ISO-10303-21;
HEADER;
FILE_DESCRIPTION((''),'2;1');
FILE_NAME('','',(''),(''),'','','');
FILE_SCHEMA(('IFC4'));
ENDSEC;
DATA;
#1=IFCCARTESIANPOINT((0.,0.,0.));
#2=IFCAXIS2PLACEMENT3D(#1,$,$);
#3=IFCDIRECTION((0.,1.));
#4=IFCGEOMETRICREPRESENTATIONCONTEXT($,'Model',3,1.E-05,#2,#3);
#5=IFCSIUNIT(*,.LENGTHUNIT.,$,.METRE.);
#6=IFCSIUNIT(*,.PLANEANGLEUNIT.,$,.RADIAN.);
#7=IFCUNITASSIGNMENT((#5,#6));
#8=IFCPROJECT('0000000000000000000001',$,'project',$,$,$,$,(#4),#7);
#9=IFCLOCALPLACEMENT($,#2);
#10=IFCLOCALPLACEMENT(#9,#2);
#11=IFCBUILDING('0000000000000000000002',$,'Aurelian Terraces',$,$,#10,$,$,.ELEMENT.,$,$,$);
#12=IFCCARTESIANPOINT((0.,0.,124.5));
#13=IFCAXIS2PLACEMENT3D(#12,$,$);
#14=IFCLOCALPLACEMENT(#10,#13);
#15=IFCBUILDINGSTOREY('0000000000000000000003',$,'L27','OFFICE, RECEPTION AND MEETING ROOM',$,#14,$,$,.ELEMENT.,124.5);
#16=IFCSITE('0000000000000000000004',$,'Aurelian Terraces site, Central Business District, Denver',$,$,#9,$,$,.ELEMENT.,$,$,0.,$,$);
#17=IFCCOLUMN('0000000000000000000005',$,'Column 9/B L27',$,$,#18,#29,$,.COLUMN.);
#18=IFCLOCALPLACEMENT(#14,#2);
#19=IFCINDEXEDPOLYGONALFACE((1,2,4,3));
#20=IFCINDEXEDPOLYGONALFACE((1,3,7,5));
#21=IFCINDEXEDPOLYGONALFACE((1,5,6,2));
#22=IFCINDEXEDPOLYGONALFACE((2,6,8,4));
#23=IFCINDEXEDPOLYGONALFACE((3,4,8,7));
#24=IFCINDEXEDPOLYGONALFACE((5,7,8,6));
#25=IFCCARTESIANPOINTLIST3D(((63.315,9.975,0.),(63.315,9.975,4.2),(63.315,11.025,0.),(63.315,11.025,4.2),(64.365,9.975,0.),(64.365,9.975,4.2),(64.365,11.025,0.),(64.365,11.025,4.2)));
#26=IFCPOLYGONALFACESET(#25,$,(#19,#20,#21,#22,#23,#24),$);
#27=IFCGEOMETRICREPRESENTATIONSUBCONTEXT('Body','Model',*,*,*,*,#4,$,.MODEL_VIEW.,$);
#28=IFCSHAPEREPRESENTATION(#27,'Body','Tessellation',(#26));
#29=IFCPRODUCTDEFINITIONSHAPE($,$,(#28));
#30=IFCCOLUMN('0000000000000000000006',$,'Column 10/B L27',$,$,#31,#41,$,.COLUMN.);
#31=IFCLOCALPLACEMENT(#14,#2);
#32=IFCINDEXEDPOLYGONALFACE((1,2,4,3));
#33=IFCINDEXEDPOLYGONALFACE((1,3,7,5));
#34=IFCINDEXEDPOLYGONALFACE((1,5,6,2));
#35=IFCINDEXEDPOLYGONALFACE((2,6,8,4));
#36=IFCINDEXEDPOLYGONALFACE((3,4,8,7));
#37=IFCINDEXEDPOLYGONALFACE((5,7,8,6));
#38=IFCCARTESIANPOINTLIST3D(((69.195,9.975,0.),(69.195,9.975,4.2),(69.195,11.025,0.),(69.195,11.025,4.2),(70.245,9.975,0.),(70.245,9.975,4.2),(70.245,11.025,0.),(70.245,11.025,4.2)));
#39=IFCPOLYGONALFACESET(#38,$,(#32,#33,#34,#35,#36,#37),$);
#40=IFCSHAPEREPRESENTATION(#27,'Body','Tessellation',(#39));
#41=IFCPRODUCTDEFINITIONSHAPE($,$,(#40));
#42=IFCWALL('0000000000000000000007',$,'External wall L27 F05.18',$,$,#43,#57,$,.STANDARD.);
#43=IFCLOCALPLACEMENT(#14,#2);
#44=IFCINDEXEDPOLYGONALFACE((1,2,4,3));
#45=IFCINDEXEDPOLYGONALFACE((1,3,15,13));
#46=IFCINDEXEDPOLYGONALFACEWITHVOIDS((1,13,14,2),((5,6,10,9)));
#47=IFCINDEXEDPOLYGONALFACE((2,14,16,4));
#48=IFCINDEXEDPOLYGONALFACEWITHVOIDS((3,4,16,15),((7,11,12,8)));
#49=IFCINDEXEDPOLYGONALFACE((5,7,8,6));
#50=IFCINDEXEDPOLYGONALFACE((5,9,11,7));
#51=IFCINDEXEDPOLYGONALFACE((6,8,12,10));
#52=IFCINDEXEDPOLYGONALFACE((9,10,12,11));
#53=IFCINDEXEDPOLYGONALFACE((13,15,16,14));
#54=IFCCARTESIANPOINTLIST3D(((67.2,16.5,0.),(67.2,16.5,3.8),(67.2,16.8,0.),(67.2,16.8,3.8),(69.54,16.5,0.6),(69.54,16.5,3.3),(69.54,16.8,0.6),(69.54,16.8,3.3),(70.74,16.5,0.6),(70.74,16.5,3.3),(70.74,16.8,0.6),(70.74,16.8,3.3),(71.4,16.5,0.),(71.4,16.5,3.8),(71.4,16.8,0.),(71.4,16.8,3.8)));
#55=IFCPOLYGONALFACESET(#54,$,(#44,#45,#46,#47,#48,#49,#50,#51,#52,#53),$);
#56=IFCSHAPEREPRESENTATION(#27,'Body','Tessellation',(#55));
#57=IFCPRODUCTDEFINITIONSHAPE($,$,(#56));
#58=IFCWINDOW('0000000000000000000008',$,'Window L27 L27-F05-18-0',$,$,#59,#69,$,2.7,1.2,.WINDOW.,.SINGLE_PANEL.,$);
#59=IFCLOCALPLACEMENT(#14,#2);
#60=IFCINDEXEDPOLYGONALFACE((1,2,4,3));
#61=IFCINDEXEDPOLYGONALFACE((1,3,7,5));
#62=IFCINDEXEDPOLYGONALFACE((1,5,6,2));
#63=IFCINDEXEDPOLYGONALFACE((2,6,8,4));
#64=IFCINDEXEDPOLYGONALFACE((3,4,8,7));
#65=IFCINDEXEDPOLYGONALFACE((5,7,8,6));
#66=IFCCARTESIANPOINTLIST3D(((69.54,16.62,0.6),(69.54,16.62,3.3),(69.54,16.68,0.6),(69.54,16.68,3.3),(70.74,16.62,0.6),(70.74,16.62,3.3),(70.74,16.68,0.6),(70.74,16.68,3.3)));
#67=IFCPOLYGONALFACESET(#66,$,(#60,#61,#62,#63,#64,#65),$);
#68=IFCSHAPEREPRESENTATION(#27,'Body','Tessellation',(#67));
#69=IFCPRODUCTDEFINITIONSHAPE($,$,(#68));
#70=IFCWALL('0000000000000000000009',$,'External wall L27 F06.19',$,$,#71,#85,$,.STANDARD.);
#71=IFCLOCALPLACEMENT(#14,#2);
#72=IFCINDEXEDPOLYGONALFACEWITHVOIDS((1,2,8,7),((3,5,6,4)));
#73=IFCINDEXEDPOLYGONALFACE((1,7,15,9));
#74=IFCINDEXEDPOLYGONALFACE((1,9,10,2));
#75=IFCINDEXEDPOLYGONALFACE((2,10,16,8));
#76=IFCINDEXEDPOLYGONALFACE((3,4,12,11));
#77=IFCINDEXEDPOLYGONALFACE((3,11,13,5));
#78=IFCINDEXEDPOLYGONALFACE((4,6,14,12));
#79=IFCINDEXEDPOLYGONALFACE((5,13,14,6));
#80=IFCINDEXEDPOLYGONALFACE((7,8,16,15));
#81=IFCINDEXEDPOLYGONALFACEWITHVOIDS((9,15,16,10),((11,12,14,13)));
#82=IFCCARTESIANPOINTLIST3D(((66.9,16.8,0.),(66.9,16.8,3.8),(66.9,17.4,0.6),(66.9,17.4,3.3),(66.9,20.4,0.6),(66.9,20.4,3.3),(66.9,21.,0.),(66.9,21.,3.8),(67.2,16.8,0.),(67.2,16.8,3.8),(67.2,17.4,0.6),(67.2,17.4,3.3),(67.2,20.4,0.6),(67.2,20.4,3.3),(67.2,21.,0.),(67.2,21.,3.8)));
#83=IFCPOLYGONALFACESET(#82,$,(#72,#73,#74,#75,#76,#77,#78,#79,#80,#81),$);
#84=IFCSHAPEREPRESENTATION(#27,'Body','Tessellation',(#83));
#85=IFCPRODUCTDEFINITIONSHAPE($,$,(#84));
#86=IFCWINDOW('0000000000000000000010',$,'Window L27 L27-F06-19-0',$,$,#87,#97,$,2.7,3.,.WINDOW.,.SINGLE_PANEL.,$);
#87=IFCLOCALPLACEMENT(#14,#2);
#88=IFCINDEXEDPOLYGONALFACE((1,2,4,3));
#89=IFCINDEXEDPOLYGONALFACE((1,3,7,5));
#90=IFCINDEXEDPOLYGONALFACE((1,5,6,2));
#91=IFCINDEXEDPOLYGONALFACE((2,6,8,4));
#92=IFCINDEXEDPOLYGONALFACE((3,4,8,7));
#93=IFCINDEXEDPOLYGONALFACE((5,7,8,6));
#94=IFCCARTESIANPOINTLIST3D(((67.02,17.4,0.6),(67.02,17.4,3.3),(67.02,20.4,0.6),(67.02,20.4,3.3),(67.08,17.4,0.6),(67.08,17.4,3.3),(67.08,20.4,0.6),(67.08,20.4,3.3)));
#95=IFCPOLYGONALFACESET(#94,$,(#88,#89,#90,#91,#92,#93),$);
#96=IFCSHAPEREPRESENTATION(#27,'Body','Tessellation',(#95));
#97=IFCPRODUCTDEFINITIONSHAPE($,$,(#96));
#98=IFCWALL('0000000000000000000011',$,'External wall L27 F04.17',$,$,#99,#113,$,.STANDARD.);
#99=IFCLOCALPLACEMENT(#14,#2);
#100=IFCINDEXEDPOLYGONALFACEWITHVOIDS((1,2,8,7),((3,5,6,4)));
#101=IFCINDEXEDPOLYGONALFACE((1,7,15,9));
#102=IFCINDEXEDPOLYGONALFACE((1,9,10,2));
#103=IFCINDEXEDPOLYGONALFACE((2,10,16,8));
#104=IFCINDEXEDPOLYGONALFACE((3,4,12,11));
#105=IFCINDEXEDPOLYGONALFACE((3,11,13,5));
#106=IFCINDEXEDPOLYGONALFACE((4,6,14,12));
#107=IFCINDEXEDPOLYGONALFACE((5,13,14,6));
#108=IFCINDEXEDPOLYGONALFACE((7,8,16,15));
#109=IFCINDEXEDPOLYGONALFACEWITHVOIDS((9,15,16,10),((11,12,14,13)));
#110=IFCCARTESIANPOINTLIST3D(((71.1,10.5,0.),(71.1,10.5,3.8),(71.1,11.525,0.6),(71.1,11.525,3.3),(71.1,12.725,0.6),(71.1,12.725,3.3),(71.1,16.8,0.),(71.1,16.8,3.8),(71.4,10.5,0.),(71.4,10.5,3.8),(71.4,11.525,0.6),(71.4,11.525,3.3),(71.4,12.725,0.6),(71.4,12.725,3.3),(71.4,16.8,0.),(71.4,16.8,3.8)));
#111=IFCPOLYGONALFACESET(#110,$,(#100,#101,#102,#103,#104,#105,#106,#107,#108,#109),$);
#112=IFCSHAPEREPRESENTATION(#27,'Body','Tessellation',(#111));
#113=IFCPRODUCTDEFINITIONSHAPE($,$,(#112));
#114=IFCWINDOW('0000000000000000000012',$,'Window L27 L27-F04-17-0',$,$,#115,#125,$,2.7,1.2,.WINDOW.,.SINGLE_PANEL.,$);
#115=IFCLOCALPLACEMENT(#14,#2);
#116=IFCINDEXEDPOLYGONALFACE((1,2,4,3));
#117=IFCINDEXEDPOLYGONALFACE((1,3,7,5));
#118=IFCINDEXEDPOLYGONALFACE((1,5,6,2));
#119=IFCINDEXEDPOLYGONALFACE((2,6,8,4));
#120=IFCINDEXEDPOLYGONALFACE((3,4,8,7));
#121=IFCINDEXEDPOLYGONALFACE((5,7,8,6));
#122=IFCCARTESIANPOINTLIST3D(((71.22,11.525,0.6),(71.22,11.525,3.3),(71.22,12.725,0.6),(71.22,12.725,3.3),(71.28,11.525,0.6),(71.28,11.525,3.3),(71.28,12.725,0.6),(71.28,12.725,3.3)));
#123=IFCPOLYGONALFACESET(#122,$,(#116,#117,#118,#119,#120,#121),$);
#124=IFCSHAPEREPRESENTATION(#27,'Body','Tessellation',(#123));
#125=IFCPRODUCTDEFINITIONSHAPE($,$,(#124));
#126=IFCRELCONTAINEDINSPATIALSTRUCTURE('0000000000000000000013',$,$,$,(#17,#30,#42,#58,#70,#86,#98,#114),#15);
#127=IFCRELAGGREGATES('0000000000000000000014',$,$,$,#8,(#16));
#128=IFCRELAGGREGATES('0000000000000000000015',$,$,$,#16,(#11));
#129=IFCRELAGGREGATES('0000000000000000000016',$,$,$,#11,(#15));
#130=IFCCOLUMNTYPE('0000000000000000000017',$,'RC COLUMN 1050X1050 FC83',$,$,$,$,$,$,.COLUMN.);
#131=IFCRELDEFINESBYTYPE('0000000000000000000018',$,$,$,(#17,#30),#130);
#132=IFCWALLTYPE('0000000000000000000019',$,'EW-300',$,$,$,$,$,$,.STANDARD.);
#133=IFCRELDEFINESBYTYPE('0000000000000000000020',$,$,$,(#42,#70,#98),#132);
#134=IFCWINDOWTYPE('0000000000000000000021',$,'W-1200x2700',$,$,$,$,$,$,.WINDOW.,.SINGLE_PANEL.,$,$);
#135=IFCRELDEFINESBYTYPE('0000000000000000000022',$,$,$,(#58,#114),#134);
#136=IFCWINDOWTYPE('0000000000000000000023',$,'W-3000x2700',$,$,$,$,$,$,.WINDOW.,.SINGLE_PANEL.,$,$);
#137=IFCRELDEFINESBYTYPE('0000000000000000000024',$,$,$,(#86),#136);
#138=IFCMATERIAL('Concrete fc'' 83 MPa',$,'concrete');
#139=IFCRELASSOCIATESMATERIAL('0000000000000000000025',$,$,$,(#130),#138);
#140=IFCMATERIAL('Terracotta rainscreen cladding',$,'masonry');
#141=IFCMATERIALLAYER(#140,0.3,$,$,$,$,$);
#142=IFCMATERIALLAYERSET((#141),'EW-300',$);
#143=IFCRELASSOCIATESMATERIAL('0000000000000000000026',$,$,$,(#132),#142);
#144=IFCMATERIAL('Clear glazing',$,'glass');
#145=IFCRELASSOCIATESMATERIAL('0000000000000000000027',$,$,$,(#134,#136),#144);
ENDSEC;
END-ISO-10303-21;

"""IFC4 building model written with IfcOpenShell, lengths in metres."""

from ifc_helpers import new_model, si_unit, direction, frame, frame_2d, origin, origin_2d, place, context, subcontext, project, spatial, rectangle, extrude, source, transform, mapped, material, layer, layer_set, material_profile, profile_set, type_object, element, fill, save


model = new_model("IFC4")

# Units and contexts
model_context = context("Model", 3, precision=1e-05, world=origin(), true_north=direction((0.0, 1.0)))
body_context = subcontext(model_context, "Body", "Model", "MODEL_VIEW")
ifc_project = project(units=[si_unit("LENGTHUNIT", "METRE"), si_unit("PLANEANGLEUNIT", "RADIAN")], contexts=[model_context])

# Site, building, storey
site_placement = place(None, origin())
site = spatial("IfcSite", under=ifc_project, at=site_placement, Name="Aurelian Terraces site, Central Business District, Denver", CompositionType="ELEMENT", RefElevation=0.0)
building_placement = place(site_placement, origin())
building = spatial("IfcBuilding", under=site, at=building_placement, Name="Aurelian Terraces", CompositionType="ELEMENT")
storey_placement = place(building_placement, frame((0.0, 0.0, 124.5)))
storey = spatial("IfcBuildingStorey", under=building, at=storey_placement, Name="L27", Description="OFFICE, RECEPTION AND MEETING ROOM", CompositionType="ELEMENT", Elevation=124.5)

# Columns
ifc_material_1 = material(Name="Concrete fc' 83 MPa", Category="concrete")
ifc_material_profile = material_profile(ifc_material_1, rectangle(XDim=1.05, YDim=1.05, at=origin_2d()))
ifc_profile_set = profile_set([ifc_material_profile], Name="Concrete fc' 83 MPa")
column_type = type_object("IfcColumnType", Name="RC COLUMN 1050X1050 FC83", PredefinedType="COLUMN", material=ifc_profile_set)
shared_shape_1 = source(origin(), body_context, "Body", "SweptSolid", [
    extrude(rectangle(XDim=1.05, YDim=1.05, at=origin_2d()), origin(), (0.0, 0.0, 1.0), 4.2),
])
for number, where, z_axis, x_axis, name in (
    (1, (63.84, 10.5, 0.0), (0.0, 0.0, 1.0), (1.0, 0.0, 0.0), "Column 9/B L27"),
    (2, (69.72, 10.5, 0.0), (0.0, 0.0, 1.0), (1.0, 0.0, 0.0), "Column 10/B L27"),
):
    element("IfcColumn", number, at=place(storey_placement, frame(where, z_axis=z_axis, x_axis=x_axis)), inside=storey, type_object=column_type, Name=name, PredefinedType="COLUMN", context=body_context, shape_type="MappedRepresentation", body=[
        mapped(shared_shape_1, transform((0.0, 0.0, 0.0), scale=1.0)),
    ])

# Walls, openings, windows
ifc_material_2 = material(Name="Terracotta rainscreen cladding", Category="masonry")
ifc_layer_1 = layer(ifc_material_2, 0.3)
ifc_layer_set_1 = layer_set([ifc_layer_1], Name="EW-300")
wall_type_1 = type_object("IfcWallType", Name="EW-300", PredefinedType="STANDARD", material=ifc_layer_set_1)
shared_shape_2 = source(origin(), body_context, "Body", "SweptSolid", [
    extrude(rectangle(XDim=4.2, YDim=0.3, at=frame_2d((2.1, 0.0))), origin(), (0.0, 0.0, 1.0), 3.8),
])
wall_1_placement = place(storey_placement, frame((71.4, 16.65, 0.0), z_axis=(0.0, 0.0, 1.0), x_axis=(-1.0, 0.0, 0.0)))
wall_1 = element("IfcWall", 3, at=wall_1_placement, inside=storey, type_object=wall_type_1, Name="External wall L27 F05.18", PredefinedType="STANDARD", context=body_context, shape_type="MappedRepresentation", body=[
    mapped(shared_shape_2, transform((0.0, 0.0, 0.0), scale=1.0)),
])
shared_shape_3 = source(origin(), body_context, "Body", "SweptSolid", [
    extrude(rectangle(XDim=1.2, YDim=2.7, at=frame_2d((0.6, 1.35))), frame((0.0, 0.16, 0.0), z_axis=(0.0, -1.0, 0.0), x_axis=(1.0, 0.0, 0.0)), (0.0, 0.0, 1.0), 0.32),
])
opening_1_placement = place(wall_1_placement, frame((0.66, 0.0, 0.6)))
opening_1 = element("IfcOpeningElement", 4, at=opening_1_placement, cuts=wall_1, PredefinedType="OPENING", context=body_context, shape_type="MappedRepresentation", body=[
    mapped(shared_shape_3, transform((0.0, 0.0, 0.0), scale=1.0)),
])
ifc_material_3 = material(Name="Clear glazing", Category="glass")
window_type_1 = type_object("IfcWindowType", Name="W-1200x2700", PartitioningType="SINGLE_PANEL", PredefinedType="WINDOW", material=ifc_material_3)
shared_shape_4 = source(origin(), body_context, "Body", "SweptSolid", [
    extrude(rectangle(XDim=1.2, YDim=2.7, at=frame_2d((0.6, 1.35))), frame((0.0, 0.03, 0.0), z_axis=(0.0, -1.0, 0.0), x_axis=(1.0, 0.0, 0.0)), (0.0, 0.0, 1.0), 0.06),
])
window_1_placement = place(opening_1_placement, origin())
window_1 = element("IfcWindow", 5, at=window_1_placement, inside=storey, type_object=window_type_1, Name="Window L27 L27-F05-18-0", OverallHeight=2.7, OverallWidth=1.2, PartitioningType="SINGLE_PANEL", PredefinedType="WINDOW", context=body_context, shape_type="MappedRepresentation", body=[
    mapped(shared_shape_4, transform((0.0, 0.0, 0.0), scale=1.0)),
])
fill(opening_1, window_1)
wall_2_placement = place(storey_placement, frame((67.05, 16.8, 0.0), z_axis=(0.0, 0.0, 1.0), x_axis=(0.0, 1.0, 0.0)))
wall_2 = element("IfcWall", 6, at=wall_2_placement, inside=storey, type_object=wall_type_1, Name="External wall L27 F06.19", PredefinedType="STANDARD", context=body_context, shape_type="MappedRepresentation", body=[
    mapped(shared_shape_2, transform((0.0, 0.0, 0.0), scale=1.0)),
])
shared_shape_5 = source(origin(), body_context, "Body", "SweptSolid", [
    extrude(rectangle(XDim=3.0, YDim=2.7, at=frame_2d((1.5, 1.35))), frame((0.0, 0.16, 0.0), z_axis=(0.0, -1.0, 0.0), x_axis=(1.0, 0.0, 0.0)), (0.0, 0.0, 1.0), 0.32),
])
opening_2_placement = place(wall_2_placement, frame((0.6, 0.0, 0.6)))
opening_2 = element("IfcOpeningElement", 7, at=opening_2_placement, cuts=wall_2, PredefinedType="OPENING", context=body_context, shape_type="MappedRepresentation", body=[
    mapped(shared_shape_5, transform((0.0, 0.0, 0.0), scale=1.0)),
])
window_type_2 = type_object("IfcWindowType", Name="W-3000x2700", PartitioningType="SINGLE_PANEL", PredefinedType="WINDOW", material=ifc_material_3)
shared_shape_6 = source(origin(), body_context, "Body", "SweptSolid", [
    extrude(rectangle(XDim=3.0, YDim=2.7, at=frame_2d((1.5, 1.35))), frame((0.0, 0.03, 0.0), z_axis=(0.0, -1.0, 0.0), x_axis=(1.0, 0.0, 0.0)), (0.0, 0.0, 1.0), 0.06),
])
window_2_placement = place(opening_2_placement, origin())
window_2 = element("IfcWindow", 8, at=window_2_placement, inside=storey, type_object=window_type_2, Name="Window L27 L27-F06-19-0", OverallHeight=2.7, OverallWidth=3.0, PartitioningType="SINGLE_PANEL", PredefinedType="WINDOW", context=body_context, shape_type="MappedRepresentation", body=[
    mapped(shared_shape_6, transform((0.0, 0.0, 0.0), scale=1.0)),
])
fill(opening_2, window_2)
shared_shape_7 = source(origin(), body_context, "Body", "SweptSolid", [
    extrude(rectangle(XDim=6.3, YDim=0.3, at=frame_2d((3.15, 0.0))), origin(), (0.0, 0.0, 1.0), 3.8),
])
wall_3_placement = place(storey_placement, frame((71.25, 10.5, 0.0), z_axis=(0.0, 0.0, 1.0), x_axis=(0.0, 1.0, 0.0)))
wall_3 = element("IfcWall", 9, at=wall_3_placement, inside=storey, type_object=wall_type_1, Name="External wall L27 F04.17", PredefinedType="STANDARD", context=body_context, shape_type="MappedRepresentation", body=[
    mapped(shared_shape_7, transform((0.0, 0.0, 0.0), scale=1.0)),
])
opening_3_placement = place(wall_3_placement, frame((1.025, 0.0, 0.6)))
opening_3 = element("IfcOpeningElement", 10, at=opening_3_placement, cuts=wall_3, PredefinedType="OPENING", context=body_context, shape_type="MappedRepresentation", body=[
    mapped(shared_shape_3, transform((0.0, 0.0, 0.0), scale=1.0)),
])
window_3_placement = place(opening_3_placement, origin())
window_3 = element("IfcWindow", 11, at=window_3_placement, inside=storey, type_object=window_type_1, Name="Window L27 L27-F04-17-0", OverallHeight=2.7, OverallWidth=1.2, PartitioningType="SINGLE_PANEL", PredefinedType="WINDOW", context=body_context, shape_type="MappedRepresentation", body=[
    mapped(shared_shape_4, transform((0.0, 0.0, 0.0), scale=1.0)),
])
fill(opening_3, window_3)

save(model, "model.ifc")
